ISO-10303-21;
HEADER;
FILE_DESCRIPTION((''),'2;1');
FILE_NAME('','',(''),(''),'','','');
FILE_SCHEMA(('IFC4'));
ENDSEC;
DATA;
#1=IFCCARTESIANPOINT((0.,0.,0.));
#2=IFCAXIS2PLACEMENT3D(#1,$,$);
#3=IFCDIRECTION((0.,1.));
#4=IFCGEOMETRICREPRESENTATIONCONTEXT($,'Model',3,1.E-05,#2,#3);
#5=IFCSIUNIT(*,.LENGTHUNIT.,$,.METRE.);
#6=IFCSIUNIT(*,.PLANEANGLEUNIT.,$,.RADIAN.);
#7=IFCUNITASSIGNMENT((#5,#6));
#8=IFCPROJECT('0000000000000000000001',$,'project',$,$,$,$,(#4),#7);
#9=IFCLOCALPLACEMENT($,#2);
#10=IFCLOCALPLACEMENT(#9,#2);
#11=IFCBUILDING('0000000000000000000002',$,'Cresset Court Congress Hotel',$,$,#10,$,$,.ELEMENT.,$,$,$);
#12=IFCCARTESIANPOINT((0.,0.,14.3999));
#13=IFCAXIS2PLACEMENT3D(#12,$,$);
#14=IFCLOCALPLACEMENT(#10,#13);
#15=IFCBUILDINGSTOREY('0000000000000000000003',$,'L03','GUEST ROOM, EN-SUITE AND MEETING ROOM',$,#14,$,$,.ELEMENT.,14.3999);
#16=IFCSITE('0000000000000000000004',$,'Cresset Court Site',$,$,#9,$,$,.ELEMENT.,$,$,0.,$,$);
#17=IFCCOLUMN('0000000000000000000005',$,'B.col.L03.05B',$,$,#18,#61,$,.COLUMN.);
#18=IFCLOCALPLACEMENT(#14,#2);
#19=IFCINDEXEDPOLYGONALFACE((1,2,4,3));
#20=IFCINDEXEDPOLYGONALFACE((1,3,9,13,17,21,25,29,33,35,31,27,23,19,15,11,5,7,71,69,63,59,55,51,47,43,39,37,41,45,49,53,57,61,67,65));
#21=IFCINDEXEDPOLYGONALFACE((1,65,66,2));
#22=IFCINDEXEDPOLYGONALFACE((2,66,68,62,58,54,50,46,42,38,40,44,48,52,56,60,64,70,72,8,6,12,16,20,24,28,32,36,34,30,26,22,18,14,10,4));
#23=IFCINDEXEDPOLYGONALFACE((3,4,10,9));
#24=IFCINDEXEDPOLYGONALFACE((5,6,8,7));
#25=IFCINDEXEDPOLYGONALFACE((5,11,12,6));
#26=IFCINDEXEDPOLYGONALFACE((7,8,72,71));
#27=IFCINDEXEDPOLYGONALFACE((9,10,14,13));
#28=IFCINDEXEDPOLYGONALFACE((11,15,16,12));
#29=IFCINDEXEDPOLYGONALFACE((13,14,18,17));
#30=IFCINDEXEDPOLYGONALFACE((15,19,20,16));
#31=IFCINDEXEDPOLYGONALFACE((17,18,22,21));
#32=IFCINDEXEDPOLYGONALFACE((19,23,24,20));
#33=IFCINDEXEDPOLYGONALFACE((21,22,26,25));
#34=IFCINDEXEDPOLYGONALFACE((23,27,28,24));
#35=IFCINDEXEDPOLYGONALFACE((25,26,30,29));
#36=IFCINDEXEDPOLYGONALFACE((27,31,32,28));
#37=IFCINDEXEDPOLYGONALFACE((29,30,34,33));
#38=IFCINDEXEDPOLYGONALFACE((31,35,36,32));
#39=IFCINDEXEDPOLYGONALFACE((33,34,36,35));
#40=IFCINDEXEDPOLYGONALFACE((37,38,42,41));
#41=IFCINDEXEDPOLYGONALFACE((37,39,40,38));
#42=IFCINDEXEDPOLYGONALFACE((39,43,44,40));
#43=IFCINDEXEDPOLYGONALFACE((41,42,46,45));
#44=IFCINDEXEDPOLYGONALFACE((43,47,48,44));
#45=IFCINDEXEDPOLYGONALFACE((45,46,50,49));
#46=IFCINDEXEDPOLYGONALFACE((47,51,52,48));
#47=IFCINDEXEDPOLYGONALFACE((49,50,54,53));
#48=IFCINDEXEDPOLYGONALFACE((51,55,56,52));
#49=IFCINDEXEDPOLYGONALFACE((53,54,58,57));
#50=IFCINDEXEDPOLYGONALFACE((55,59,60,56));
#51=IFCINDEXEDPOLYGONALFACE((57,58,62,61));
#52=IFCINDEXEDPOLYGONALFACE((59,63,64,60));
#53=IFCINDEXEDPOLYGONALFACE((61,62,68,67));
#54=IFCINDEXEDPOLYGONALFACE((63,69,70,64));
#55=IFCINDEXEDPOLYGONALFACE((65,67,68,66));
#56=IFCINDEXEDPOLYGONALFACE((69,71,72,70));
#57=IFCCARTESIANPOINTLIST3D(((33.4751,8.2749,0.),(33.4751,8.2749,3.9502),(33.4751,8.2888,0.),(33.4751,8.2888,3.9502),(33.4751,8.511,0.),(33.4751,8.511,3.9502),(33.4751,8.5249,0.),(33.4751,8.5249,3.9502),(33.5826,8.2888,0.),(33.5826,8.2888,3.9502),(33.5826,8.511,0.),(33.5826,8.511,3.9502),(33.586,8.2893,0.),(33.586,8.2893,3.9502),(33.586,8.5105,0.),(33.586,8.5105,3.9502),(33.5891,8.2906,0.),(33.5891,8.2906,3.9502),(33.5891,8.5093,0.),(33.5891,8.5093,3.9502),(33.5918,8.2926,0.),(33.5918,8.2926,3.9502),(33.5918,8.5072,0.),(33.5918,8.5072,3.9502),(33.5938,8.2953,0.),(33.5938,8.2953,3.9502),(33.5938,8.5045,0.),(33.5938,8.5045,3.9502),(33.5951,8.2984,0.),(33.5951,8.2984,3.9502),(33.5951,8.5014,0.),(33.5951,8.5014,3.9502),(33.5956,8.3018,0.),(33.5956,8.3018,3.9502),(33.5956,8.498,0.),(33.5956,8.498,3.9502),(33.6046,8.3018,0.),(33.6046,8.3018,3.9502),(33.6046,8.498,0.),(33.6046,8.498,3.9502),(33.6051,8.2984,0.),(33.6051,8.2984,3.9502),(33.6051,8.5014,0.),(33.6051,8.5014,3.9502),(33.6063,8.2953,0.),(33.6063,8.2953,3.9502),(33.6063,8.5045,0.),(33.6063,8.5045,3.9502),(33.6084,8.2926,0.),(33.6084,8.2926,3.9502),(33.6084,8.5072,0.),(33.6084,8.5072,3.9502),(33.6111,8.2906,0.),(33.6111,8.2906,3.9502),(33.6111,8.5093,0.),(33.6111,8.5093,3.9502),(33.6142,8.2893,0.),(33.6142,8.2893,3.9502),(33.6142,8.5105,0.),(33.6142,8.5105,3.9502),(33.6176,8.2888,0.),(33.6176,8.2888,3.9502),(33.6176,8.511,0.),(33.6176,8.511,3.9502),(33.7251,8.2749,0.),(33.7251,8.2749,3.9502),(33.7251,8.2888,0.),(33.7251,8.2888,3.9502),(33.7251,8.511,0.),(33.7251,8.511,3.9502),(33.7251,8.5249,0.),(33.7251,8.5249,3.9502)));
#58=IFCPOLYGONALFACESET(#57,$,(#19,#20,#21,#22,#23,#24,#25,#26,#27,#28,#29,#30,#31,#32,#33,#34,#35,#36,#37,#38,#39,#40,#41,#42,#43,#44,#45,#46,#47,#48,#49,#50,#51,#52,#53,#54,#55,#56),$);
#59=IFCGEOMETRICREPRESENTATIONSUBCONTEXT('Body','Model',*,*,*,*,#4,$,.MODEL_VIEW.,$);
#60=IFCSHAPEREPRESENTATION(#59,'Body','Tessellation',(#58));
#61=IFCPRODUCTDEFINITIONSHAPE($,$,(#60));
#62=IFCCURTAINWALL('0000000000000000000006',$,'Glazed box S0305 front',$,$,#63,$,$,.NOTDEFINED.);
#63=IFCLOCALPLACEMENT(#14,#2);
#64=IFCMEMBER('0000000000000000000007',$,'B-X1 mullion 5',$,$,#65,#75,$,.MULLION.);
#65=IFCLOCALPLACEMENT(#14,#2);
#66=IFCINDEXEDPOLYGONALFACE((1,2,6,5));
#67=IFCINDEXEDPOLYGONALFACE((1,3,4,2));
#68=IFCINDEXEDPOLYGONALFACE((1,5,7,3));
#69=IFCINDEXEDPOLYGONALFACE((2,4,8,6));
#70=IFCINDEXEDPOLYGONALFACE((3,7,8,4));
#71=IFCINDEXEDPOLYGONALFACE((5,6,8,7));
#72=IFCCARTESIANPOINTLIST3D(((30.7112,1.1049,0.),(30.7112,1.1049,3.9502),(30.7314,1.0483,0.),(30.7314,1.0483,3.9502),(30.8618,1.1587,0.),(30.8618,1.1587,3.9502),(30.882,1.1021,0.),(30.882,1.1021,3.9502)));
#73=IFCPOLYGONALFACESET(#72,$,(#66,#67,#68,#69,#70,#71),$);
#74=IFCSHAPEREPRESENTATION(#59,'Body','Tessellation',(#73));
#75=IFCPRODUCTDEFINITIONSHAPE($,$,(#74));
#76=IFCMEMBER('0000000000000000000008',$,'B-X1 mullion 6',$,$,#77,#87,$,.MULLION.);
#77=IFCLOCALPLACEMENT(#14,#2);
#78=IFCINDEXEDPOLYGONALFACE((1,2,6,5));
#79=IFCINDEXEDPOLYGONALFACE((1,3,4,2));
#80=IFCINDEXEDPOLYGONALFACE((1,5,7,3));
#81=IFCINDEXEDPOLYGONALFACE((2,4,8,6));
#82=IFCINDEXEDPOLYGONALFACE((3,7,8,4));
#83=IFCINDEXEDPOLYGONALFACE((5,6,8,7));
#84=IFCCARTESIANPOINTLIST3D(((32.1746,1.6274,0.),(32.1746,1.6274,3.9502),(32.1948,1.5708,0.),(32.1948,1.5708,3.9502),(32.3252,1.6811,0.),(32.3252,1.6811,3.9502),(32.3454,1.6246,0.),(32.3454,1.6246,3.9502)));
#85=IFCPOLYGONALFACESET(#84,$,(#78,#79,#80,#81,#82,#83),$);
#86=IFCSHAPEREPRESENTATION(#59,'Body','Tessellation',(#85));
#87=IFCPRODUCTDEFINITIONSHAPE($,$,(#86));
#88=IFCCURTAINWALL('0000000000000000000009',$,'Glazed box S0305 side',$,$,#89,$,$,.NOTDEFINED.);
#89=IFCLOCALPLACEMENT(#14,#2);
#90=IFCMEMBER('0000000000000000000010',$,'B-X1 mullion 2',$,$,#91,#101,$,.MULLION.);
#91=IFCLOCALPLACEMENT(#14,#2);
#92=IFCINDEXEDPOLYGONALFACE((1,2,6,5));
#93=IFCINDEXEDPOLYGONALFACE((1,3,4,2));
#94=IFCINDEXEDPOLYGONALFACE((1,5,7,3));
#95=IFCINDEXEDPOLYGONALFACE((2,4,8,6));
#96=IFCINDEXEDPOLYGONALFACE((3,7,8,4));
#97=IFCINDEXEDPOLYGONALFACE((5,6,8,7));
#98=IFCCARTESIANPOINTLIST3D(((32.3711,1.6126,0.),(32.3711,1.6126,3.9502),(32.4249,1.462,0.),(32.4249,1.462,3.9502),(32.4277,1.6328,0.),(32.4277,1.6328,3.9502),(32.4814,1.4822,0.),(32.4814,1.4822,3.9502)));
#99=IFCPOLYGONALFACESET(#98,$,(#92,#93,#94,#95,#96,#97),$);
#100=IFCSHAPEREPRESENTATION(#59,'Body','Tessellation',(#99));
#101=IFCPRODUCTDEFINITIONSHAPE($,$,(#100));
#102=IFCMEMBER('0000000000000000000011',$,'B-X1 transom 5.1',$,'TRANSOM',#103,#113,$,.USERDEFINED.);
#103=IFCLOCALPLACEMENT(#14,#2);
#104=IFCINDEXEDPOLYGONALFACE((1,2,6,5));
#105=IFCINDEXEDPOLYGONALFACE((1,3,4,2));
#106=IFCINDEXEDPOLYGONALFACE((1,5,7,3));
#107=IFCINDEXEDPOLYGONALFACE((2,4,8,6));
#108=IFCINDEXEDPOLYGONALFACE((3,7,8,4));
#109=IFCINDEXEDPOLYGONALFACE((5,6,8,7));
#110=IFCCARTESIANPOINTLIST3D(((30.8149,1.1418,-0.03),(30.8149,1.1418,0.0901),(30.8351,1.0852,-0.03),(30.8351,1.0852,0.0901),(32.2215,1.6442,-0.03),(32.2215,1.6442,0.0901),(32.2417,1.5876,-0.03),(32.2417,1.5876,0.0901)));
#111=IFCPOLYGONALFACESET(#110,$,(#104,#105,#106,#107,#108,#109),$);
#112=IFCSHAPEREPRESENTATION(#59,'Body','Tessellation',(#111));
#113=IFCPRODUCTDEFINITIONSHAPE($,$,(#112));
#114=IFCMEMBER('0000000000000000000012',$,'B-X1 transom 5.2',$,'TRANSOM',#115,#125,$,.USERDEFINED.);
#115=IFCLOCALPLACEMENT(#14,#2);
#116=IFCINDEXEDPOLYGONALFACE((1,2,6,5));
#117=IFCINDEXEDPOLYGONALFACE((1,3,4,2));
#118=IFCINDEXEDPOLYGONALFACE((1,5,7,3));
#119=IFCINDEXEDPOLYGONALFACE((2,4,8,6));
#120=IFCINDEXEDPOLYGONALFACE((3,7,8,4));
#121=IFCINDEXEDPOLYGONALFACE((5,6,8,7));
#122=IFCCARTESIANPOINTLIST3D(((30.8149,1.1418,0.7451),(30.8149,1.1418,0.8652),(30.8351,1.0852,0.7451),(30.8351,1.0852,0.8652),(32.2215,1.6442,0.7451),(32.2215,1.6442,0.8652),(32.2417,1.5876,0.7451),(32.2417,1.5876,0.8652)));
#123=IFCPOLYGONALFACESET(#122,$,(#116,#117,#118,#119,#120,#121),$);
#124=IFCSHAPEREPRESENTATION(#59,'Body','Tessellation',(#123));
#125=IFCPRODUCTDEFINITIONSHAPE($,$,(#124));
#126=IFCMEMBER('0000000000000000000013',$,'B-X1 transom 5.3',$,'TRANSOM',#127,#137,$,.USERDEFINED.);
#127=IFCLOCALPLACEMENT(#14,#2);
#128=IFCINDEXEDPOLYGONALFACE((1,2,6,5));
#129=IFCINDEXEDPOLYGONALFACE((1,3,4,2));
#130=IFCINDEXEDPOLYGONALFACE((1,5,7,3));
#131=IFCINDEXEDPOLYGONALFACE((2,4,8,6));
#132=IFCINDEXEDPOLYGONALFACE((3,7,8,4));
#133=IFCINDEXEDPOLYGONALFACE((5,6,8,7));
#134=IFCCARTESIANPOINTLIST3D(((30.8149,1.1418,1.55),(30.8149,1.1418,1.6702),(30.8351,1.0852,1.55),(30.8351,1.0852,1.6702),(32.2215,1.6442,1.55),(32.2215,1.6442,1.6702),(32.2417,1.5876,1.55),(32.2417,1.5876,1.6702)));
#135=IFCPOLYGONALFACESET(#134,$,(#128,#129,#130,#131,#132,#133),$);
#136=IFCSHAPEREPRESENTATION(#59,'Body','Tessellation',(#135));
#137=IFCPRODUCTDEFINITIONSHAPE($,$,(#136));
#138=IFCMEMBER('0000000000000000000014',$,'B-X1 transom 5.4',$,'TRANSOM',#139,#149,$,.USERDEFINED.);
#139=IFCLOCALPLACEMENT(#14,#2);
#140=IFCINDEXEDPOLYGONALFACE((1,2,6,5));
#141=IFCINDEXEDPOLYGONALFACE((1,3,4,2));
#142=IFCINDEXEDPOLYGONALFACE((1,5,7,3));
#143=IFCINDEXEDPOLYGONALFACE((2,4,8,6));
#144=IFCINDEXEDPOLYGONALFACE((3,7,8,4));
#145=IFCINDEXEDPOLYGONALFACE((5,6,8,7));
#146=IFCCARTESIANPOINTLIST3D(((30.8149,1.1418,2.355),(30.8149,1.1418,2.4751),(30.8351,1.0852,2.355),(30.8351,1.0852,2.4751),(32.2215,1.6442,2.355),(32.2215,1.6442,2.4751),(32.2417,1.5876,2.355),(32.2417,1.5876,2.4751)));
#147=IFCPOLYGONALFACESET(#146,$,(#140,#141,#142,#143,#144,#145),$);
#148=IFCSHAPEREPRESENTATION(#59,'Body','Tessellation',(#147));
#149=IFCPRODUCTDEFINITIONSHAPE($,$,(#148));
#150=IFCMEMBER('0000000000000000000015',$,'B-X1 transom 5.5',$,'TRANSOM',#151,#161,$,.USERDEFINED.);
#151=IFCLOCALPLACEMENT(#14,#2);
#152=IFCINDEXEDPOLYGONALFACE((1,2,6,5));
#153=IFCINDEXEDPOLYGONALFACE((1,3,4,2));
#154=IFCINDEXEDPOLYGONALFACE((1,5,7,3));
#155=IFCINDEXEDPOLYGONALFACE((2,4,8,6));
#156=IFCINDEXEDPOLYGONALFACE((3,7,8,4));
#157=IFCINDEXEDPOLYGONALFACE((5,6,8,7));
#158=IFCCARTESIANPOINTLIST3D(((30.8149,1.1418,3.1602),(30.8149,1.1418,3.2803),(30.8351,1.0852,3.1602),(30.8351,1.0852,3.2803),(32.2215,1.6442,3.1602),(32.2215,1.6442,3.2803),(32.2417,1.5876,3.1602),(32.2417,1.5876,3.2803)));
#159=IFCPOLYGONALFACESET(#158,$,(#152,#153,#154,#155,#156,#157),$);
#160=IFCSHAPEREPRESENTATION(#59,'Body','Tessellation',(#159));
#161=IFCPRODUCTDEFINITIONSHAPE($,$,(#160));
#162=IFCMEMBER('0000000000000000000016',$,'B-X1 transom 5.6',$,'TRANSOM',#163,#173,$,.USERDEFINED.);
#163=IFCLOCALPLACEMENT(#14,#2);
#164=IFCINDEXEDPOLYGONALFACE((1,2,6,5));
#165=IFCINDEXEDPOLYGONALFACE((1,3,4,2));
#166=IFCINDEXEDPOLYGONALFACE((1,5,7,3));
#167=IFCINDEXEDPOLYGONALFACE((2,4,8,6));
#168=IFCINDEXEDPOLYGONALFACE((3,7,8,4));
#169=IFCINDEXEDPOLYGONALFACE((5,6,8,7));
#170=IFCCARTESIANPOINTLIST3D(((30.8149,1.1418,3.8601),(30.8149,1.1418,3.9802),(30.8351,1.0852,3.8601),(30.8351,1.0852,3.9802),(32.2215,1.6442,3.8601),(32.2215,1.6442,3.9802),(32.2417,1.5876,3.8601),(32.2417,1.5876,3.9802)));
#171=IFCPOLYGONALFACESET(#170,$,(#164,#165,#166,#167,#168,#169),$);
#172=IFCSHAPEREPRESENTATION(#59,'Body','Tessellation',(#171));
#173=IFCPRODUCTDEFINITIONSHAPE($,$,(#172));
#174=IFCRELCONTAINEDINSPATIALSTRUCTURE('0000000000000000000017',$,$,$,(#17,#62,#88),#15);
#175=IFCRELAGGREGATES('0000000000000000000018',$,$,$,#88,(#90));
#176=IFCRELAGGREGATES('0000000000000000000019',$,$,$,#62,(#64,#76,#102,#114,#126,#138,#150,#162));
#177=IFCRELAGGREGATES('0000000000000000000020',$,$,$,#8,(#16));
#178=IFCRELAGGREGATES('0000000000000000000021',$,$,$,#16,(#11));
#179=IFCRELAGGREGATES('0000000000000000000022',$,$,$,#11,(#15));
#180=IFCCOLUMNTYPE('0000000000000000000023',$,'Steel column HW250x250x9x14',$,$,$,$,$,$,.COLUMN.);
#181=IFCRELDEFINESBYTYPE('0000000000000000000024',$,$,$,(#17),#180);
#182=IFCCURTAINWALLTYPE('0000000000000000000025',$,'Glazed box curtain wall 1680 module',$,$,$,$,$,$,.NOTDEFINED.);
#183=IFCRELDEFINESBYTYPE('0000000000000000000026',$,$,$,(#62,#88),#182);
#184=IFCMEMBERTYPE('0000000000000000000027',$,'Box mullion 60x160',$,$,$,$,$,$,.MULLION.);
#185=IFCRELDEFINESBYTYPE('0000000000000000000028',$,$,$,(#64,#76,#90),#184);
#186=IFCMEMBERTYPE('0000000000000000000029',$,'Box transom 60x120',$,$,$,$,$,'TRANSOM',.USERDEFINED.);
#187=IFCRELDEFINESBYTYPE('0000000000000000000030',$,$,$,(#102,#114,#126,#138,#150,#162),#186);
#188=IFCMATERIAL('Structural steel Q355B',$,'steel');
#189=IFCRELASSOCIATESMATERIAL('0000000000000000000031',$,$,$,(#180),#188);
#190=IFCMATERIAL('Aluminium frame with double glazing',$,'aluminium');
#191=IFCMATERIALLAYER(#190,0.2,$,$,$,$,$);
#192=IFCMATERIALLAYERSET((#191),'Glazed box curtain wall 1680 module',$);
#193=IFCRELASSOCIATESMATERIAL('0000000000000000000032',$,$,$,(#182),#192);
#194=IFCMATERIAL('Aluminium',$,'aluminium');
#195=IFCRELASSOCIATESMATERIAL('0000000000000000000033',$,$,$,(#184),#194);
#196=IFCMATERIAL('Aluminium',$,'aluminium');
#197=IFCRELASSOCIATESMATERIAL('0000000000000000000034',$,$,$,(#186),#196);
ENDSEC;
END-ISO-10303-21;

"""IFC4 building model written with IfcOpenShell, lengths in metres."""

from ifc_helpers import new_model, si_unit, direction, frame, origin, origin_2d, place, context, subcontext, project, spatial, rectangle, i_section, extrude, material, layer, layer_set, material_profile, profile_set, type_object, element, aggregate, save


model = new_model("IFC4")

# Units and contexts
model_context = context("Model", 3, precision=1e-05, world=origin(), true_north=direction((0.0, 1.0)))
body_context = subcontext(model_context, "Body", "Model", "MODEL_VIEW")
ifc_project = project(units=[si_unit("LENGTHUNIT", "METRE"), si_unit("PLANEANGLEUNIT", "RADIAN")], contexts=[model_context])

# Site, building, storey
site_placement = place(None, origin())
site = spatial("IfcSite", under=ifc_project, at=site_placement, Name="Cresset Court Site", CompositionType="ELEMENT", RefElevation=0.0)
building_placement = place(site_placement, origin())
building = spatial("IfcBuilding", under=site, at=building_placement, Name="Cresset Court Congress Hotel", CompositionType="ELEMENT")
storey_placement = place(building_placement, frame((0.0, 0.0, 14.3999)))
storey = spatial("IfcBuildingStorey", under=building, at=storey_placement, Name="L03", Description="GUEST ROOM, EN-SUITE AND MEETING ROOM", CompositionType="ELEMENT", Elevation=14.3999)

# Column
ifc_material_1 = material(Name="Structural steel Q355B", Category="steel")
ifc_material_profile_1 = material_profile(ifc_material_1, i_section(OverallWidth=0.25, OverallDepth=0.25, WebThickness=0.009, FlangeThickness=0.0139, FilletRadius=0.0129, at=origin_2d()), Name="HW250x250x9x14")
ifc_profile_set_1 = profile_set([ifc_material_profile_1], Name="Structural steel Q355B")
column_type = type_object("IfcColumnType", Name="Steel column HW250x250x9x14", PredefinedType="COLUMN", material=ifc_profile_set_1)
column_placement = place(storey_placement, frame((33.6001, 8.3999, 0.0), z_axis=(0.0, 0.0, 1.0), x_axis=(1.0, 0.0, 0.0)))
element("IfcColumn", 1, at=column_placement, inside=storey, type_object=column_type, Name="B.col.L03.05B", PredefinedType="COLUMN", context=body_context, shape_type="SweptSolid", body=[
    extrude(i_section(OverallWidth=0.25, OverallDepth=0.25, WebThickness=0.009, FlangeThickness=0.0139, FilletRadius=0.0129, at=origin_2d()), origin(), (0.0, 0.0, 1.0), 3.9502),
])

# Curtain wall, members
ifc_material_2 = material(Name="Aluminium frame with double glazing", Category="aluminium")
ifc_layer_1 = layer(ifc_material_2, 0.2)
ifc_layer_set_1 = layer_set([ifc_layer_1], Name="Glazed box curtain wall 1680 module")
curtain_wall_type = type_object("IfcCurtainWallType", Name="Glazed box curtain wall 1680 module", PredefinedType="NOTDEFINED", material=ifc_layer_set_1)
curtain_wall_1_placement = place(storey_placement, origin())
curtain_wall_1 = element("IfcCurtainWall", 2, at=curtain_wall_1_placement, inside=storey, type_object=curtain_wall_type, Name="Glazed box S0305 front", PredefinedType="NOTDEFINED")
ifc_material_3 = material(Name="Aluminium", Category="aluminium")
ifc_material_profile_2 = material_profile(ifc_material_3, rectangle(XDim=0.0601, YDim=0.1599, at=origin_2d()), Name="Box mullion 60x160")
ifc_profile_set_2 = profile_set([ifc_material_profile_2], Name="Aluminium")
member_type_1 = type_object("IfcMemberType", Name="Box mullion 60x160", PredefinedType="MULLION", material=ifc_profile_set_2)
member_1_placement = place(storey_placement, frame((30.7966, 1.1035, 0.0), z_axis=(0.0, 0.0, 1.0), x_axis=(-0.336336, 0.941742, 0.0)))
member_1 = element("IfcMember", 3, at=member_1_placement, type_object=member_type_1, Name="B-X1 mullion 5", PredefinedType="MULLION", context=body_context, shape_type="SweptSolid", body=[
    extrude(rectangle(XDim=0.0601, YDim=0.1599, at=origin_2d()), origin(), (0.0, 0.0, 1.0), 3.9502),
])
member_2_placement = place(storey_placement, frame((32.26, 1.626, 0.0), z_axis=(0.0, 0.0, 1.0), x_axis=(-0.336336, 0.941742, 0.0)))
member_2 = element("IfcMember", 4, at=member_2_placement, type_object=member_type_1, Name="B-X1 mullion 6", PredefinedType="MULLION", context=body_context, shape_type="SweptSolid", body=[
    extrude(rectangle(XDim=0.0601, YDim=0.1599, at=origin_2d()), origin(), (0.0, 0.0, 1.0), 3.9502),
])

# Curtain wall, member
curtain_wall_2_placement = place(storey_placement, origin())
curtain_wall_2 = element("IfcCurtainWall", 5, at=curtain_wall_2_placement, inside=storey, type_object=curtain_wall_type, Name="Glazed box S0305 side", PredefinedType="NOTDEFINED")
member_3_placement = place(storey_placement, frame((32.4263, 1.5474, 0.0), z_axis=(0.0, 0.0, 1.0), x_axis=(-0.941742, -0.336336, 0.0)))
member_3 = element("IfcMember", 6, at=member_3_placement, type_object=member_type_1, Name="B-X1 mullion 2", PredefinedType="MULLION", context=body_context, shape_type="SweptSolid", body=[
    extrude(rectangle(XDim=0.0601, YDim=0.1599, at=origin_2d()), origin(), (0.0, 0.0, 1.0), 3.9502),
])
aggregate(curtain_wall_2, [member_3])

# Members
ifc_material_4 = material(Name="Aluminium", Category="aluminium")
ifc_material_profile_3 = material_profile(ifc_material_4, rectangle(XDim=0.0601, YDim=0.1201, at=origin_2d()), Name="Box transom 60x120")
ifc_profile_set_3 = profile_set([ifc_material_profile_3], Name="Aluminium")
member_type_2 = type_object("IfcMemberType", Name="Box transom 60x120", ElementType="TRANSOM", PredefinedType="USERDEFINED", material=ifc_profile_set_3)
member_4_placement = place(storey_placement, frame((30.825, 1.1135, 0.03), z_axis=(0.941735, 0.336357, 0.0), x_axis=(-0.336357, 0.941735, 0.0)))
member_4 = element("IfcMember", 7, at=member_4_placement, type_object=member_type_2, Name="B-X1 transom 5.1", ObjectType="TRANSOM", PredefinedType="USERDEFINED", context=body_context, shape_type="SweptSolid", body=[
    extrude(rectangle(XDim=0.0601, YDim=0.1201, at=origin_2d()), origin(), (0.0, 0.0, 1.0), 1.4937),
])
member_5_placement = place(storey_placement, frame((30.825, 1.1135, 0.8052), z_axis=(0.941735, 0.336357, 0.0), x_axis=(-0.336357, 0.941735, 0.0)))
member_5 = element("IfcMember", 8, at=member_5_placement, type_object=member_type_2, Name="B-X1 transom 5.2", ObjectType="TRANSOM", PredefinedType="USERDEFINED", context=body_context, shape_type="SweptSolid", body=[
    extrude(rectangle(XDim=0.0601, YDim=0.1201, at=origin_2d()), origin(), (0.0, 0.0, 1.0), 1.4937),
])
member_6_placement = place(storey_placement, frame((30.825, 1.1135, 1.6101), z_axis=(0.941735, 0.336357, 0.0), x_axis=(-0.336357, 0.941735, 0.0)))
member_6 = element("IfcMember", 9, at=member_6_placement, type_object=member_type_2, Name="B-X1 transom 5.3", ObjectType="TRANSOM", PredefinedType="USERDEFINED", context=body_context, shape_type="SweptSolid", body=[
    extrude(rectangle(XDim=0.0601, YDim=0.1201, at=origin_2d()), origin(), (0.0, 0.0, 1.0), 1.4937),
])
member_7_placement = place(storey_placement, frame((30.825, 1.1135, 2.415), z_axis=(0.941735, 0.336357, 0.0), x_axis=(-0.336357, 0.941735, 0.0)))
member_7 = element("IfcMember", 10, at=member_7_placement, type_object=member_type_2, Name="B-X1 transom 5.4", ObjectType="TRANSOM", PredefinedType="USERDEFINED", context=body_context, shape_type="SweptSolid", body=[
    extrude(rectangle(XDim=0.0601, YDim=0.1201, at=origin_2d()), origin(), (0.0, 0.0, 1.0), 1.4937),
])
member_8_placement = place(storey_placement, frame((30.825, 1.1135, 3.2202), z_axis=(0.941735, 0.336357, 0.0), x_axis=(-0.336357, 0.941735, 0.0)))
member_8 = element("IfcMember", 11, at=member_8_placement, type_object=member_type_2, Name="B-X1 transom 5.5", ObjectType="TRANSOM", PredefinedType="USERDEFINED", context=body_context, shape_type="SweptSolid", body=[
    extrude(rectangle(XDim=0.0601, YDim=0.1201, at=origin_2d()), origin(), (0.0, 0.0, 1.0), 1.4937),
])
member_9_placement = place(storey_placement, frame((30.825, 1.1135, 3.9202), z_axis=(0.941735, 0.336357, 0.0), x_axis=(-0.336357, 0.941735, 0.0)))
member_9 = element("IfcMember", 12, at=member_9_placement, type_object=member_type_2, Name="B-X1 transom 5.6", ObjectType="TRANSOM", PredefinedType="USERDEFINED", context=body_context, shape_type="SweptSolid", body=[
    extrude(rectangle(XDim=0.0601, YDim=0.1201, at=origin_2d()), origin(), (0.0, 0.0, 1.0), 1.4937),
])

aggregate(curtain_wall_1, [member_1, member_2, member_4, member_5, member_6, member_7, member_8, member_9])

save(model, "model.ifc")
